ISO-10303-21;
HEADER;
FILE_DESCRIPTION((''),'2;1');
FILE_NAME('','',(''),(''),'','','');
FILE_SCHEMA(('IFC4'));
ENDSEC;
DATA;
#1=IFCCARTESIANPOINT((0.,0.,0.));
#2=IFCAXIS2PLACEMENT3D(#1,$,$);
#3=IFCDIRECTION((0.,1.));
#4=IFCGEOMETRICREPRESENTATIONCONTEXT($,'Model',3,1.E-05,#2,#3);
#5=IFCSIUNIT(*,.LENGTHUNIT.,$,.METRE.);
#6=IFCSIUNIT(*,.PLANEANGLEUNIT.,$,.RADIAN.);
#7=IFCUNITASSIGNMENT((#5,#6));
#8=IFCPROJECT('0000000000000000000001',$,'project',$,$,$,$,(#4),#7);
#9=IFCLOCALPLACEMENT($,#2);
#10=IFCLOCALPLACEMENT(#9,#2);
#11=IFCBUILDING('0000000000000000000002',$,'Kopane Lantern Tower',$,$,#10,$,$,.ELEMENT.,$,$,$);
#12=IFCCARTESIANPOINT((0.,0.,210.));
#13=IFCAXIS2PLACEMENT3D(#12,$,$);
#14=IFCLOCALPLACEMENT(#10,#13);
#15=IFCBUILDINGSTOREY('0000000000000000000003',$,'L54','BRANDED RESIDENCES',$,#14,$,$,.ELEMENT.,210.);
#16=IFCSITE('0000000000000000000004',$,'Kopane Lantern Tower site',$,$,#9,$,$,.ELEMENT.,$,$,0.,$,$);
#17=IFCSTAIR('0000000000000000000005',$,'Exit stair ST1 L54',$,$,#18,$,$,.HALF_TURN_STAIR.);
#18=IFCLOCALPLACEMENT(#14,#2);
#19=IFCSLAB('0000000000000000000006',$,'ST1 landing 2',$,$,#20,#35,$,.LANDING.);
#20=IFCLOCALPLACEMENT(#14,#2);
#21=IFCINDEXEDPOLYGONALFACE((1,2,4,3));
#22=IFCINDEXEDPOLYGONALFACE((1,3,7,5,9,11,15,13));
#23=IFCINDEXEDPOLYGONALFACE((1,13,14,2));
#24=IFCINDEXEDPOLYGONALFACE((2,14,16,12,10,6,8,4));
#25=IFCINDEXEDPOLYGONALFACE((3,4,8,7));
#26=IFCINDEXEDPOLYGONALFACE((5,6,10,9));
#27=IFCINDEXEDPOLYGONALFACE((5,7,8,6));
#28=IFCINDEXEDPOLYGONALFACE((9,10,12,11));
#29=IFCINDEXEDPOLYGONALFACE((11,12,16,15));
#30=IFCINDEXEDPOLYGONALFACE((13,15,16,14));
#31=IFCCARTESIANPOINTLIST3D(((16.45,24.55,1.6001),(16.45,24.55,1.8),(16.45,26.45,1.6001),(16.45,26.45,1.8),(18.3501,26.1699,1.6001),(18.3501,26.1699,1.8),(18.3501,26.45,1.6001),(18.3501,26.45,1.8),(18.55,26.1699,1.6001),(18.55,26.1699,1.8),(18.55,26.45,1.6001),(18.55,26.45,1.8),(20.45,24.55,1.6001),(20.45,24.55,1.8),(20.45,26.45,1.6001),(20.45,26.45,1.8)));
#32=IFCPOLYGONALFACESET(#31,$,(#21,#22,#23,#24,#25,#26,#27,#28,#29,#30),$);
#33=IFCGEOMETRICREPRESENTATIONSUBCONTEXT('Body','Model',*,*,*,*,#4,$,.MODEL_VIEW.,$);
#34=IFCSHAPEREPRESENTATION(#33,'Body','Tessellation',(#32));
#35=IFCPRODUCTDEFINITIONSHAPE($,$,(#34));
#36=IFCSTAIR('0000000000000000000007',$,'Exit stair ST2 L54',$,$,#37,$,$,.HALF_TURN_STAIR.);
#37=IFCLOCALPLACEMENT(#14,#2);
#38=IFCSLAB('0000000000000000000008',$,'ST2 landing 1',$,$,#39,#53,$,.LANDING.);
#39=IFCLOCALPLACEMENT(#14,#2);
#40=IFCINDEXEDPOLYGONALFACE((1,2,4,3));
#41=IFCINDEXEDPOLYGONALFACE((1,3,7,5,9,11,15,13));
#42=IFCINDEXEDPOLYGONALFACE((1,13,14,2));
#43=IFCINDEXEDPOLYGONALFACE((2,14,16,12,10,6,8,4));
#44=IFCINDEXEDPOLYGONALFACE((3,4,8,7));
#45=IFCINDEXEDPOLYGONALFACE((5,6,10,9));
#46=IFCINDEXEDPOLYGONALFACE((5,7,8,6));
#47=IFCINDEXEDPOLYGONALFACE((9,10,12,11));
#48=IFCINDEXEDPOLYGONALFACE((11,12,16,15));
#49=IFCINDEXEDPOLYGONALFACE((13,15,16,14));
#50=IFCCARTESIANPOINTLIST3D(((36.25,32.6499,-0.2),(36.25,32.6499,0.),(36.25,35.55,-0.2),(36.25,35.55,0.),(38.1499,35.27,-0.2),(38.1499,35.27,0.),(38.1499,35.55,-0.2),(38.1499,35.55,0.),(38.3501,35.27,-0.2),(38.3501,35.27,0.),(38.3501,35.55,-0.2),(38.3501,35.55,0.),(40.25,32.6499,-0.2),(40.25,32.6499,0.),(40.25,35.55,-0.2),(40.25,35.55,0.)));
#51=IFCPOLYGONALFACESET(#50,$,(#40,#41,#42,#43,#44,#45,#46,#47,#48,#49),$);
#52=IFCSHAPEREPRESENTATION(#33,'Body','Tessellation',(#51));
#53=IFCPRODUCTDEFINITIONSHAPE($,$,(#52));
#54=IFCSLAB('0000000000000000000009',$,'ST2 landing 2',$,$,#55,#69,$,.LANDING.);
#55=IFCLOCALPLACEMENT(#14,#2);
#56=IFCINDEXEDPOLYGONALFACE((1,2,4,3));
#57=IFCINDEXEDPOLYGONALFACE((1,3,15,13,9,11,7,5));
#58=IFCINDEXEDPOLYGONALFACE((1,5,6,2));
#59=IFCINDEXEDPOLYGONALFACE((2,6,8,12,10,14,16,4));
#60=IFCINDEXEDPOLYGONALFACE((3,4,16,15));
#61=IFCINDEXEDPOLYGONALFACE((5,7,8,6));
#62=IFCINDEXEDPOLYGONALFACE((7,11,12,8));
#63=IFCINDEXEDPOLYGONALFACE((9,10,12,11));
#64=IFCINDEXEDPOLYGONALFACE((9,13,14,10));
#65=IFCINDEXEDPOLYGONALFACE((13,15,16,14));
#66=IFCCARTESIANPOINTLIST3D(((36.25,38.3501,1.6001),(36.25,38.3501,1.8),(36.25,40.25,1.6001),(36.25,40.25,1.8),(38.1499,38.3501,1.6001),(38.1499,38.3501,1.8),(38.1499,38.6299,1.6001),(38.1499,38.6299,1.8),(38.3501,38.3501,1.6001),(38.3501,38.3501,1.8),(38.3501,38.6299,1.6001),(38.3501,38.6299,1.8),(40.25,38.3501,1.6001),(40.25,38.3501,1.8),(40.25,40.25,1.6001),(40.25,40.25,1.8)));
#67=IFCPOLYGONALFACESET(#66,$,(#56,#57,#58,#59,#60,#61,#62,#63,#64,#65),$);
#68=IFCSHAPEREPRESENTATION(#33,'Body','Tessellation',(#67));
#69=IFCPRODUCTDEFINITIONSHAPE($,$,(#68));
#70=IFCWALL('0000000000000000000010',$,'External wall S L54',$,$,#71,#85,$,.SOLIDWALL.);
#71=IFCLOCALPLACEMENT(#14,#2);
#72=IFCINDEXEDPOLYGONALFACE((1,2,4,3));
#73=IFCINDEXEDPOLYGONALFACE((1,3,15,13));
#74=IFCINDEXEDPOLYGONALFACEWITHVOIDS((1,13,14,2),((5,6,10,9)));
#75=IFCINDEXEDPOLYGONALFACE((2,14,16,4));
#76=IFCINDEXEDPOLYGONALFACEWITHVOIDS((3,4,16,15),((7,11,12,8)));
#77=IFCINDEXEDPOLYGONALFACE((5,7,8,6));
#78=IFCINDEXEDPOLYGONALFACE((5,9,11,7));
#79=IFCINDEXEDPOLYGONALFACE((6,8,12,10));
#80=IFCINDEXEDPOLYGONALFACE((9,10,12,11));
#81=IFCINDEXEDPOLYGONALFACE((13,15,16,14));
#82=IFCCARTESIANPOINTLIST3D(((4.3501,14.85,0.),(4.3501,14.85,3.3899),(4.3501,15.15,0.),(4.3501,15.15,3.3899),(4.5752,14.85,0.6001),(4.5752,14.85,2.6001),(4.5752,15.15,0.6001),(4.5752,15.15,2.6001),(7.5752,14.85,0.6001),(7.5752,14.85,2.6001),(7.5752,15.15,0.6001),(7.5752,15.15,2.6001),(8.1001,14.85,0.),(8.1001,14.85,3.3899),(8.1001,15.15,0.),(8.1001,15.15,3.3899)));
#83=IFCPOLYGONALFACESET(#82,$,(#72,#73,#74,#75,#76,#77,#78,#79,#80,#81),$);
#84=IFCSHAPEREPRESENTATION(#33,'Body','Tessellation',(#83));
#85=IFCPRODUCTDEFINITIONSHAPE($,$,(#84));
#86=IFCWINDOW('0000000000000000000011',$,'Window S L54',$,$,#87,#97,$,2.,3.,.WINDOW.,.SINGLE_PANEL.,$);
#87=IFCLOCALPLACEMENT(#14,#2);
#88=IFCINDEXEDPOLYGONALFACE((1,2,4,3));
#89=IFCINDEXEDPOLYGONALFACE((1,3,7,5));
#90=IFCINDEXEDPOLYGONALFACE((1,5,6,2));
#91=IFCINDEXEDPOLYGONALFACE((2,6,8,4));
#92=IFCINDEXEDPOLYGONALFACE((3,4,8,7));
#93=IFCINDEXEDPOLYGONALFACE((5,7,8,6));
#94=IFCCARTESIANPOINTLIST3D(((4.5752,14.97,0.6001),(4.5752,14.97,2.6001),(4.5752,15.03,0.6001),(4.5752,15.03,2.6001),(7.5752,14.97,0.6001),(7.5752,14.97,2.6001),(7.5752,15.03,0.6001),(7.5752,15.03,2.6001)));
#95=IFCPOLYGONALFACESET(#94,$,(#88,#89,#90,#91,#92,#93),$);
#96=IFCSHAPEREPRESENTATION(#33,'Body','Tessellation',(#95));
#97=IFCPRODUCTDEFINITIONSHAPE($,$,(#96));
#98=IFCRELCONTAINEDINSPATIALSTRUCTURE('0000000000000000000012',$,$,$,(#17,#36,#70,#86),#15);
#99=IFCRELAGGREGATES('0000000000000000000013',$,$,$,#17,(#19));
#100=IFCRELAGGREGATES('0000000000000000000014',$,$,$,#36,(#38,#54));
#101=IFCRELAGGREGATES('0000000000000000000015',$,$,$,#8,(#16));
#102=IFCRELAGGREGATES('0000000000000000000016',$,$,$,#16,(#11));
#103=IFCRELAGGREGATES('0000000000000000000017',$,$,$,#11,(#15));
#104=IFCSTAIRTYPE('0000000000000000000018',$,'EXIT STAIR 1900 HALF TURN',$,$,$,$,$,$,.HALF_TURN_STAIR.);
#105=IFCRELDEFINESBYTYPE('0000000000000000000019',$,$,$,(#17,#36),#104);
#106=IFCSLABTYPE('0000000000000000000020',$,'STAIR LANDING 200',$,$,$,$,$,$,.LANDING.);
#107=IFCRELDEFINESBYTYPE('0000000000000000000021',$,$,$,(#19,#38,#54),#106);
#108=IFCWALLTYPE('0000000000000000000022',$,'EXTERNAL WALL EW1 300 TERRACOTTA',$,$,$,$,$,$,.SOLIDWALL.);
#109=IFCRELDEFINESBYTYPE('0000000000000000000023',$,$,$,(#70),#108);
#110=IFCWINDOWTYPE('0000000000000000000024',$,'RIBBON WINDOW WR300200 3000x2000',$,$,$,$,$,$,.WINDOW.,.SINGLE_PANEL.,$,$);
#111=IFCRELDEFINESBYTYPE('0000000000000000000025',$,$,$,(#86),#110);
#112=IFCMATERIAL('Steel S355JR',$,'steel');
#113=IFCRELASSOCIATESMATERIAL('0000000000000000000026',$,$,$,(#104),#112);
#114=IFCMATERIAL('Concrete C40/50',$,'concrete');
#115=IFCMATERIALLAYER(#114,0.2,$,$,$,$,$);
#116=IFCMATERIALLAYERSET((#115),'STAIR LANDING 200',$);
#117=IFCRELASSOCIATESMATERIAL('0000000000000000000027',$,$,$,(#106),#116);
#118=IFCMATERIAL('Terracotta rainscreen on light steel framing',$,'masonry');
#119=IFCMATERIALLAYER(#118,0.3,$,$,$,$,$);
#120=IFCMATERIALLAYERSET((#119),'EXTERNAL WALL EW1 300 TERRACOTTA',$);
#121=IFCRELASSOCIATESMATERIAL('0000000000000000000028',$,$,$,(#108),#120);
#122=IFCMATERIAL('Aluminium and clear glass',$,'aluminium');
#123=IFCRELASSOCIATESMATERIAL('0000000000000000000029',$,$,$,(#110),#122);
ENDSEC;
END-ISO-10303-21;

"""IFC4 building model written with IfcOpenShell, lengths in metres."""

from ifc_helpers import new_model, si_unit, direction, frame, frame_2d, origin, place, context, subcontext, project, spatial, polyline, rectangle, outline, extrude, material, layer, layer_set, type_object, element, fill, aggregate, save


model = new_model("IFC4")

# Units and contexts
model_context = context("Model", 3, precision=1e-05, world=origin(), true_north=direction((0.0, 1.0)))
body_context = subcontext(model_context, "Body", "Model", "MODEL_VIEW")
ifc_project = project(units=[si_unit("LENGTHUNIT", "METRE"), si_unit("PLANEANGLEUNIT", "RADIAN")], contexts=[model_context])

# Site, building, storey
site_placement = place(None, origin())
site = spatial("IfcSite", under=ifc_project, at=site_placement, Name="Kopane Lantern Tower site", CompositionType="ELEMENT", RefElevation=0.0)
building_placement = place(site_placement, origin())
building = spatial("IfcBuilding", under=site, at=building_placement, Name="Kopane Lantern Tower", CompositionType="ELEMENT")
storey_placement = place(building_placement, frame((0.0, 0.0, 210.0)))
storey = spatial("IfcBuildingStorey", under=building, at=storey_placement, Name="L54", Description="BRANDED RESIDENCES", CompositionType="ELEMENT", Elevation=210.0)

# Stairs, slabs
ifc_material_1 = material(Name="Steel S355JR", Category="steel")
stair_type = type_object("IfcStairType", Name="EXIT STAIR 1900 HALF TURN", PredefinedType="HALF_TURN_STAIR", material=ifc_material_1)
stair_1_placement = place(storey_placement, origin())
stair_1 = element("IfcStair", 1, at=stair_1_placement, inside=storey, type_object=stair_type, Name="Exit stair ST1 L54", PredefinedType="HALF_TURN_STAIR")
ifc_material_2 = material(Name="Concrete C40/50", Category="concrete")
ifc_layer_1 = layer(ifc_material_2, 0.2)
ifc_layer_set_1 = layer_set([ifc_layer_1], Name="STAIR LANDING 200")
slab_type_1 = type_object("IfcSlabType", Name="STAIR LANDING 200", PredefinedType="LANDING", material=ifc_layer_set_1)
slab_1_placement = place(storey_placement, frame((0.0, 0.0, 1.6001)))
slab_1 = element("IfcSlab", 2, at=slab_1_placement, type_object=slab_type_1, Name="ST1 landing 2", PredefinedType="LANDING", context=body_context, shape_type="SweptSolid", body=[
    extrude(outline(polyline([(20.45, 26.45), (18.55, 26.45), (18.55, 26.1699), (18.3501, 26.1699), (18.3501, 26.45), (16.45, 26.45), (16.45, 24.55), (20.45, 24.55), (20.45, 26.45)])), origin(), (0.0, 0.0, 1.0), 0.2),
])
aggregate(stair_1, [slab_1])
stair_2_placement = place(storey_placement, origin())
stair_2 = element("IfcStair", 3, at=stair_2_placement, inside=storey, type_object=stair_type, Name="Exit stair ST2 L54", PredefinedType="HALF_TURN_STAIR")
slab_2_placement = place(storey_placement, frame((0.0, 0.0, -0.2)))
slab_2 = element("IfcSlab", 4, at=slab_2_placement, type_object=slab_type_1, Name="ST2 landing 1", PredefinedType="LANDING", context=body_context, shape_type="SweptSolid", body=[
    extrude(outline(polyline([(40.25, 35.55), (38.3501, 35.55), (38.3501, 35.27), (38.1499, 35.27), (38.1499, 35.55), (36.25, 35.55), (36.25, 32.6499), (40.25, 32.6499), (40.25, 35.55)])), origin(), (0.0, 0.0, 1.0), 0.2),
])
slab_3_placement = place(storey_placement, frame((0.0, 0.0, 1.6001)))
slab_3 = element("IfcSlab", 5, at=slab_3_placement, type_object=slab_type_1, Name="ST2 landing 2", PredefinedType="LANDING", context=body_context, shape_type="SweptSolid", body=[
    extrude(outline(polyline([(38.1499, 38.6299), (38.3501, 38.6299), (38.3501, 38.3501), (40.25, 38.3501), (40.25, 40.25), (36.25, 40.25), (36.25, 38.3501), (38.1499, 38.3501), (38.1499, 38.6299)])), origin(), (0.0, 0.0, 1.0), 0.2),
])
aggregate(stair_2, [slab_2, slab_3])

# Wall, opening, window
ifc_material_3 = material(Name="Terracotta rainscreen on light steel framing", Category="masonry")
ifc_layer_2 = layer(ifc_material_3, 0.3)
ifc_layer_set_2 = layer_set([ifc_layer_2], Name="EXTERNAL WALL EW1 300 TERRACOTTA")
wall_type = type_object("IfcWallType", Name="EXTERNAL WALL EW1 300 TERRACOTTA", PredefinedType="SOLIDWALL", material=ifc_layer_set_2)
wall_placement = place(storey_placement, frame((4.3501, 15.0, 0.0), z_axis=(0.0, 0.0, 1.0), x_axis=(1.0, 0.0, 0.0)))
wall = element("IfcWall", 6, at=wall_placement, inside=storey, type_object=wall_type, Name="External wall S L54", PredefinedType="SOLIDWALL", context=body_context, shape_type="SweptSolid", body=[
    extrude(rectangle(XDim=3.75, YDim=0.3, at=frame_2d((1.875, 0.0))), origin(), (0.0, 0.0, 1.0), 3.3899),
])
opening_placement = place(wall_placement, frame((0.2251, 0.0, 0.6001)))
opening = element("IfcOpeningElement", 7, at=opening_placement, cuts=wall, PredefinedType="OPENING", context=body_context, shape_type="SweptSolid", body=[
    extrude(rectangle(XDim=3.0, YDim=2.0, at=frame_2d((1.5, 1.0))), frame((0.0, 0.1599, 0.0), z_axis=(0.0, -1.0, 0.0), x_axis=(1.0, 0.0, 0.0)), (0.0, 0.0, 1.0), 0.3201),
])
ifc_material_4 = material(Name="Aluminium and clear glass", Category="aluminium")
window_type = type_object("IfcWindowType", Name="RIBBON WINDOW WR300200 3000x2000", PartitioningType="SINGLE_PANEL", PredefinedType="WINDOW", material=ifc_material_4)
window_placement = place(opening_placement, origin())
window = element("IfcWindow", 8, at=window_placement, inside=storey, type_object=window_type, Name="Window S L54", OverallHeight=2.0, OverallWidth=3.0, PartitioningType="SINGLE_PANEL", PredefinedType="WINDOW", context=body_context, shape_type="SweptSolid", body=[
    extrude(rectangle(XDim=3.0, YDim=2.0, at=frame_2d((1.5, 1.0))), frame((0.0, 0.03, 0.0), z_axis=(0.0, -1.0, 0.0), x_axis=(1.0, 0.0, 0.0)), (0.0, 0.0, 1.0), 0.0601),
])
fill(opening, window)

save(model, "model.ifc")
